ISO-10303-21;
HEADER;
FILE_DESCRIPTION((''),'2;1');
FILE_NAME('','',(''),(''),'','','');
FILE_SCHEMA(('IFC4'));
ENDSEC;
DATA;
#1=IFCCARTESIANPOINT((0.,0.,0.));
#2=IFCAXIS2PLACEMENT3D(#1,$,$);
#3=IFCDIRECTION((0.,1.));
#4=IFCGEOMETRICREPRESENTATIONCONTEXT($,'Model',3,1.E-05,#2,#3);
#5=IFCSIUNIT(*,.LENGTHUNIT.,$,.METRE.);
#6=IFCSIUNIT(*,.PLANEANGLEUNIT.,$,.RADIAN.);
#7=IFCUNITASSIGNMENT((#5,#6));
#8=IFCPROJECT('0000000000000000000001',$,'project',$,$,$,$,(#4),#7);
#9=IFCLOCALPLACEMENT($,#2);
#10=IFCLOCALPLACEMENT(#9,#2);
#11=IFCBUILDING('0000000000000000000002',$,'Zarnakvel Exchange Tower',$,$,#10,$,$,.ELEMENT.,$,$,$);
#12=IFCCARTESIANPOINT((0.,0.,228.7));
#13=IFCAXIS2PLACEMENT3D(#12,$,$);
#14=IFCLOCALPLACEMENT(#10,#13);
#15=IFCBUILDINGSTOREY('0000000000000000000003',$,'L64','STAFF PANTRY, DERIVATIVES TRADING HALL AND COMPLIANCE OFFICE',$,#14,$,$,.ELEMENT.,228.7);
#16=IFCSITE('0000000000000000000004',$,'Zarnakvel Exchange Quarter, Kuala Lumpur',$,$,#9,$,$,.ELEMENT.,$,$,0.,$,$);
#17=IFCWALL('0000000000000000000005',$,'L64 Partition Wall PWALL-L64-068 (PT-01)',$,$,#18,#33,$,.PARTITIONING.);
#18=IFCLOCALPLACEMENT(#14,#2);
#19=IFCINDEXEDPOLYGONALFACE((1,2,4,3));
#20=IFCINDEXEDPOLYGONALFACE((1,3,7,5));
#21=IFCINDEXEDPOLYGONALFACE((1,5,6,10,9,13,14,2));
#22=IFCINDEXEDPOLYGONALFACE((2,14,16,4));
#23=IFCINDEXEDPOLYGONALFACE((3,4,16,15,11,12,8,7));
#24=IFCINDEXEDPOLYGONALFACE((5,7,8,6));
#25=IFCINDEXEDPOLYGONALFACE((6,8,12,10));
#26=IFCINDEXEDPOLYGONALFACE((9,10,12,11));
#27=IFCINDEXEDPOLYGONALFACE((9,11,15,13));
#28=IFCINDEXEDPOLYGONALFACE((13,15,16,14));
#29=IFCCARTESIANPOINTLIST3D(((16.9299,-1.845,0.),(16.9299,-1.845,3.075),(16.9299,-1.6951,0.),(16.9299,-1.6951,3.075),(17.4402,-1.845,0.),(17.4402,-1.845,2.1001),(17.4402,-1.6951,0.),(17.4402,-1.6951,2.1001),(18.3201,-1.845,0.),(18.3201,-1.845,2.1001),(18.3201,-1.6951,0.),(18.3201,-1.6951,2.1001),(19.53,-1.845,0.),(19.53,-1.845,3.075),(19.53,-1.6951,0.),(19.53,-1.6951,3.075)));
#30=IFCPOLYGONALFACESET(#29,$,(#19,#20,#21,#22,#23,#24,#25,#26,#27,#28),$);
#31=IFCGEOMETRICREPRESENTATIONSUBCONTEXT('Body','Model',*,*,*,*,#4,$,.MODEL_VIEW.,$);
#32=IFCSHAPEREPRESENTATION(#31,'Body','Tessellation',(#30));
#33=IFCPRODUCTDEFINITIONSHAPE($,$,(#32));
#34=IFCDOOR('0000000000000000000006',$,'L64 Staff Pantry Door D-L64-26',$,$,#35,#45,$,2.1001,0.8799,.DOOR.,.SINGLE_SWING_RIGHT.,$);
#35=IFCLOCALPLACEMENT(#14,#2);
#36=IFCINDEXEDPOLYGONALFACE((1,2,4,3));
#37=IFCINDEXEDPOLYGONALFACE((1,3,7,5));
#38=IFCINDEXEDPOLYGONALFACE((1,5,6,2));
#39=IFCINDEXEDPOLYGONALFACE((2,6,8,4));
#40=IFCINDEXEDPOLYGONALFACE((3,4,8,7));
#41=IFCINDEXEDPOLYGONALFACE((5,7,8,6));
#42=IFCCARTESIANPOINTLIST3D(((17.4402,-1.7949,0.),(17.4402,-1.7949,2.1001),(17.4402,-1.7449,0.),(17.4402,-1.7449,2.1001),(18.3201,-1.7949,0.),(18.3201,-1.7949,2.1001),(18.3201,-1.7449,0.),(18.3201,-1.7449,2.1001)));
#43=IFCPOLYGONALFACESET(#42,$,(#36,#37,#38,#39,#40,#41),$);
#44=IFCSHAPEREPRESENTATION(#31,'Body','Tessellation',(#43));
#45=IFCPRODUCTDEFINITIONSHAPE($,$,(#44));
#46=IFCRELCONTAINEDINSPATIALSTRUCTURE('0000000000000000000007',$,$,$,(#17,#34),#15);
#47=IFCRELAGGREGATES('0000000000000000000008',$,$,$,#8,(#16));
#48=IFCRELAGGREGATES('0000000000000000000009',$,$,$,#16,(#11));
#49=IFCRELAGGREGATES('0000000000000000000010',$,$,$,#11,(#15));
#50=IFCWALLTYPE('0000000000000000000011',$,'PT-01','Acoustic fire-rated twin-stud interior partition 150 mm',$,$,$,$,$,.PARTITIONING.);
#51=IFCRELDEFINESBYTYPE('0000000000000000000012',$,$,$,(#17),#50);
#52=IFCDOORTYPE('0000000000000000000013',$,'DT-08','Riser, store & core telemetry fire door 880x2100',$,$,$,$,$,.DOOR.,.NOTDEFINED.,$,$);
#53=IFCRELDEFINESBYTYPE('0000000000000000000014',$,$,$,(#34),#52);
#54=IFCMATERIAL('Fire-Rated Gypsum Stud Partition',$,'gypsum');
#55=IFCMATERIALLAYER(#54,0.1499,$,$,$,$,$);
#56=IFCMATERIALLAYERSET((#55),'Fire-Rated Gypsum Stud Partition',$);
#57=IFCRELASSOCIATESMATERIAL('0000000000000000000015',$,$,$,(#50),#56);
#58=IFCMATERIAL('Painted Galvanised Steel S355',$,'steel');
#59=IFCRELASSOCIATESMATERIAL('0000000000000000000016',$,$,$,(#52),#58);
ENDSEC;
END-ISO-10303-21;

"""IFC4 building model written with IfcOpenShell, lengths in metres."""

from ifc_helpers import new_model, si_unit, direction, frame, frame_2d, origin, place, context, subcontext, project, spatial, rectangle, extrude, source, transform, mapped, material, layer, layer_set, type_object, element, fill, save


model = new_model("IFC4")

# Units and contexts
model_context = context("Model", 3, precision=1e-05, world=origin(), true_north=direction((0.0, 1.0)))
body_context = subcontext(model_context, "Body", "Model", "MODEL_VIEW")
ifc_project = project(units=[si_unit("LENGTHUNIT", "METRE"), si_unit("PLANEANGLEUNIT", "RADIAN")], contexts=[model_context])

# Site, building, storey
site_placement = place(None, origin())
site = spatial("IfcSite", under=ifc_project, at=site_placement, Name="Zarnakvel Exchange Quarter, Kuala Lumpur", CompositionType="ELEMENT", RefElevation=0.0)
building_placement = place(site_placement, origin())
building = spatial("IfcBuilding", under=site, at=building_placement, Name="Zarnakvel Exchange Tower", CompositionType="ELEMENT")
storey_placement = place(building_placement, frame((0.0, 0.0, 228.7)))
storey = spatial("IfcBuildingStorey", under=building, at=storey_placement, Name="L64", Description="STAFF PANTRY, DERIVATIVES TRADING HALL AND COMPLIANCE OFFICE", CompositionType="ELEMENT", Elevation=228.7)

# Wall, opening, door
ifc_material_1 = material(Name="Painted Galvanised Steel S355", Category="steel")
ifc_material_2 = material(Name="Fire-Rated Gypsum Stud Partition", Category="gypsum")
ifc_layer_1 = layer(ifc_material_2, 0.1499)
ifc_layer_set_1 = layer_set([ifc_layer_1], Name="Fire-Rated Gypsum Stud Partition")
wall_type_1 = type_object("IfcWallType", Name="PT-01", Description="Acoustic fire-rated twin-stud interior partition 150 mm", PredefinedType="PARTITIONING", material=ifc_layer_set_1)
wall_1_placement = place(storey_placement, frame((19.53, -1.77, 0.0), z_axis=(0.0, 0.0, 1.0), x_axis=(-1.0, 0.0, 0.0)))
wall_1 = element("IfcWall", 1, at=wall_1_placement, inside=storey, type_object=wall_type_1, Name="L64 Partition Wall PWALL-L64-068 (PT-01)", PredefinedType="PARTITIONING", context=body_context, shape_type="SweptSolid", body=[
    extrude(rectangle(XDim=2.6001, YDim=0.1499, at=frame_2d((1.3, 0.0))), origin(), (0.0, 0.0, 1.0), 3.075),
])
opening_1_placement = place(wall_1_placement, frame((1.21, 0.0, 0.0)))
opening_1 = element("IfcOpeningElement", 2, at=opening_1_placement, cuts=wall_1, PredefinedType="OPENING", context=body_context, shape_type="SweptSolid", body=[
    extrude(rectangle(XDim=0.8799, YDim=2.1001, at=frame_2d((0.4399, 1.05))), frame((0.0, 0.085, 0.0), z_axis=(0.0, -1.0, 0.0), x_axis=(1.0, 0.0, 0.0)), (0.0, 0.0, 1.0), 0.1699),
])
door_type_1 = type_object("IfcDoorType", Name="DT-08", Description="Riser, store & core telemetry fire door 880x2100", OperationType="NOTDEFINED", PredefinedType="DOOR", material=ifc_material_1)
shared_shape_1 = source(origin(), body_context, "Body", "SweptSolid", [
    extrude(rectangle(XDim=0.8799, YDim=2.1001, at=frame_2d((0.4399, 1.05))), frame((0.0, 0.0249, 0.0), z_axis=(0.0, -1.0, 0.0), x_axis=(1.0, 0.0, 0.0)), (0.0, 0.0, 1.0), 0.05),
])
door_1_placement = place(opening_1_placement, origin())
door_1 = element("IfcDoor", 3, at=door_1_placement, inside=storey, type_object=door_type_1, Name="L64 Staff Pantry Door D-L64-26", OperationType="SINGLE_SWING_RIGHT", OverallHeight=2.1001, OverallWidth=0.8799, PredefinedType="DOOR", context=body_context, shape_type="MappedRepresentation", body=[
    mapped(shared_shape_1, transform((0.0, 0.0, 0.0), x_axis=(1.0, 0.0, 0.0), y_axis=(0.0, 1.0, 0.0), z_axis=(0.0, 0.0, 1.0), scale=1.0)),
])
fill(opening_1, door_1)

save(model, "model.ifc")
